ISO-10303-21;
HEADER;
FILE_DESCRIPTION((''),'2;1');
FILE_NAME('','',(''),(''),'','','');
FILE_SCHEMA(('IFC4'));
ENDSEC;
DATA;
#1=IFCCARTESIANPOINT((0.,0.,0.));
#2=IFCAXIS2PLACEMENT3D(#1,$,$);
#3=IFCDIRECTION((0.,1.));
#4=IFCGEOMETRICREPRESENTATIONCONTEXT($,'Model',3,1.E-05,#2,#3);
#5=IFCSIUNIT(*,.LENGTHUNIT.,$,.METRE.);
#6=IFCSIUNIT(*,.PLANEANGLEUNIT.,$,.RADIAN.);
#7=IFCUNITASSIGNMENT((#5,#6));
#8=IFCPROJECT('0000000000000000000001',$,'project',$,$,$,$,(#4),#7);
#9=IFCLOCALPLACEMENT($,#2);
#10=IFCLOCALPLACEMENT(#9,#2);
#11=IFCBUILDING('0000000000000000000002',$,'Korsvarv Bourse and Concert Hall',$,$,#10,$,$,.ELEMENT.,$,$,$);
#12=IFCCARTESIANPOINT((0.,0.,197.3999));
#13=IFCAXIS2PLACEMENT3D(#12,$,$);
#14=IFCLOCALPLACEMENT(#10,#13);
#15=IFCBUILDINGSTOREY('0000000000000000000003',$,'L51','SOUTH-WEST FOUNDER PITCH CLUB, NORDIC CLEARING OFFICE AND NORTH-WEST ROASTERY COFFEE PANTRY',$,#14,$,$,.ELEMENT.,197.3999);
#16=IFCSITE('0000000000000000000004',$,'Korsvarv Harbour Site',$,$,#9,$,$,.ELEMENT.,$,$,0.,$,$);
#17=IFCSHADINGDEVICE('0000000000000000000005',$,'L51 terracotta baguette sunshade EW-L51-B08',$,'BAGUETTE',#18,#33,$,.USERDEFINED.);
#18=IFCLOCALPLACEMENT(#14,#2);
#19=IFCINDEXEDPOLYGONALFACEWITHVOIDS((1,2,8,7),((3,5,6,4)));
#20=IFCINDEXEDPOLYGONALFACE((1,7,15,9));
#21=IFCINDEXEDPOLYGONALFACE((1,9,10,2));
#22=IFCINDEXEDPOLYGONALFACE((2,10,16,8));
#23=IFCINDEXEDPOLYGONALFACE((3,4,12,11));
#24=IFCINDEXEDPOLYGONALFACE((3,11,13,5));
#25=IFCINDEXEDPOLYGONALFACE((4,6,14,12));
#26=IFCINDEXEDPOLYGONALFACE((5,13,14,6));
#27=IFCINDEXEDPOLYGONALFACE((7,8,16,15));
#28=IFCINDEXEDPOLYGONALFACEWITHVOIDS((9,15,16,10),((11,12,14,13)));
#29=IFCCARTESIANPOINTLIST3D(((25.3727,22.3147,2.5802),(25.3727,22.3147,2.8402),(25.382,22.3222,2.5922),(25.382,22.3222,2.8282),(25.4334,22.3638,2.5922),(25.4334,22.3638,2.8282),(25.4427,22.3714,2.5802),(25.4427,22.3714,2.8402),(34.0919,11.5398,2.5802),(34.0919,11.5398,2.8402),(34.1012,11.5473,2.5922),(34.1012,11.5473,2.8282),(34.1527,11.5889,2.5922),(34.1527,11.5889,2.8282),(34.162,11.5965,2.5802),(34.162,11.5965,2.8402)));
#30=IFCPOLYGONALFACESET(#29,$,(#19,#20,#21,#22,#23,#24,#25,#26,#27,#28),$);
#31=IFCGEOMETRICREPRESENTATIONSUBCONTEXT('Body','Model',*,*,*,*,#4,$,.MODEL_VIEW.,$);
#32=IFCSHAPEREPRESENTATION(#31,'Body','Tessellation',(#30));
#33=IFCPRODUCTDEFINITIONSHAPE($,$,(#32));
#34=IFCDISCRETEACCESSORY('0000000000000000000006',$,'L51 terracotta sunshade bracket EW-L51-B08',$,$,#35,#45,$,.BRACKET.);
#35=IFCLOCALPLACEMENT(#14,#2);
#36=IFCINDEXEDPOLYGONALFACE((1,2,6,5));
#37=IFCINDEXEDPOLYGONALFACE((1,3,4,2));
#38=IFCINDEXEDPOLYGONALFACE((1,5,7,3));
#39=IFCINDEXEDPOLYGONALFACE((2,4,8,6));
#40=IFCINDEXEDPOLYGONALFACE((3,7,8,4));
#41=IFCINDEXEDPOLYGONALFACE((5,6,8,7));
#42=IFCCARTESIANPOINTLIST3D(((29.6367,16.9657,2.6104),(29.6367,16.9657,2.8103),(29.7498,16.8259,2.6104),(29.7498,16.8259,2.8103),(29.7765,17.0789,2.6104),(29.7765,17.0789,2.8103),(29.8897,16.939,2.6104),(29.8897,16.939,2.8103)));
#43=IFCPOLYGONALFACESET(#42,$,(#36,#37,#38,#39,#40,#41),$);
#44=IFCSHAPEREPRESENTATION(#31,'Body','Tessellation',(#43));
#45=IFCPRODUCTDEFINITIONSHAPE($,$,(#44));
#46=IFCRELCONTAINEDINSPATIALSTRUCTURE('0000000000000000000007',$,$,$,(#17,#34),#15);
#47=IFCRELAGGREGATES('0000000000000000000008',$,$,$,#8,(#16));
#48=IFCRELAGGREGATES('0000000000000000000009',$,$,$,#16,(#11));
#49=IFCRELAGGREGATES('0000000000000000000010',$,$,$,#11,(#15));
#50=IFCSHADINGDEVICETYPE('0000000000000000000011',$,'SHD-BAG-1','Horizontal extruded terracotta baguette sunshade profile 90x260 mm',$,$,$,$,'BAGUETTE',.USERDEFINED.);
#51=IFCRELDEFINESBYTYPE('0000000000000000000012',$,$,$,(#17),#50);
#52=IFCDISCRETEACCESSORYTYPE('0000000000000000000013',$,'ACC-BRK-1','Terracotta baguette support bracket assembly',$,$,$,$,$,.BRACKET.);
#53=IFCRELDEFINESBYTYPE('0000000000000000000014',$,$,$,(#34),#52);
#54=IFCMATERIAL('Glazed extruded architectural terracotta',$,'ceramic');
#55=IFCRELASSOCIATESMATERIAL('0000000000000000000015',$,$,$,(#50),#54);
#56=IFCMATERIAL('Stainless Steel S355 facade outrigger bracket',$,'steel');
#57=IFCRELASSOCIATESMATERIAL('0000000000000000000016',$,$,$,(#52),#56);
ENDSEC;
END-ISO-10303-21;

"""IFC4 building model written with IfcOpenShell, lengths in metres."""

from ifc_helpers import new_model, si_unit, direction, frame, origin, origin_2d, place, context, subcontext, project, spatial, rectangle, hollow_rectangle, extrude, source, transform, mapped, material, material_profile, profile_set, type_object, element, save


model = new_model("IFC4")

# Units and contexts
model_context = context("Model", 3, precision=1e-05, world=origin(), true_north=direction((0.0, 1.0)))
body_context = subcontext(model_context, "Body", "Model", "MODEL_VIEW")
ifc_project = project(units=[si_unit("LENGTHUNIT", "METRE"), si_unit("PLANEANGLEUNIT", "RADIAN")], contexts=[model_context])

# Site, building, storey
site_placement = place(None, origin())
site = spatial("IfcSite", under=ifc_project, at=site_placement, Name="Korsvarv Harbour Site", CompositionType="ELEMENT", RefElevation=0.0)
building_placement = place(site_placement, origin())
building = spatial("IfcBuilding", under=site, at=building_placement, Name="Korsvarv Bourse and Concert Hall", CompositionType="ELEMENT")
storey_placement = place(building_placement, frame((0.0, 0.0, 197.3999)))
storey = spatial("IfcBuildingStorey", under=building, at=storey_placement, Name="L51", Description="SOUTH-WEST FOUNDER PITCH CLUB, NORDIC CLEARING OFFICE AND NORTH-WEST ROASTERY COFFEE PANTRY", CompositionType="ELEMENT", Elevation=197.3999)

# Shading device
ifc_material_1 = material(Name="Glazed extruded architectural terracotta", Category="ceramic")
ifc_material_profile_1 = material_profile(ifc_material_1, hollow_rectangle(XDim=0.0901, YDim=0.26, WallThickness=0.012, at=origin_2d()), Name="TC-BAG 90x260")
ifc_profile_set_1 = profile_set([ifc_material_profile_1], Name="Glazed extruded architectural terracotta")
shading_device_type = type_object("IfcShadingDeviceType", Name="SHD-BAG-1", Description="Horizontal extruded terracotta baguette sunshade profile 90x260 mm", ElementType="BAGUETTE", PredefinedType="USERDEFINED", material=ifc_profile_set_1)
shared_shape_1 = source(origin(), body_context, "Body", "SweptSolid", [
    extrude(hollow_rectangle(XDim=0.0901, YDim=0.26, WallThickness=0.012, at=origin_2d()), origin(), (0.0, 0.0, 1.0), 13.8608),
])
shading_device_placement = place(storey_placement, frame((25.4077, 22.343, 2.7102), z_axis=(0.629054, -0.777361, 0.0), x_axis=(0.777361, 0.629054, 0.0)))
element("IfcShadingDevice", 1, at=shading_device_placement, inside=storey, type_object=shading_device_type, Name="L51 terracotta baguette sunshade EW-L51-B08", ObjectType="BAGUETTE", PredefinedType="USERDEFINED", context=body_context, shape_type="MappedRepresentation", body=[
    mapped(shared_shape_1, transform((0.0, 0.0, 0.0), scale=1.0)),
])

# Discrete accessory
ifc_material_2 = material(Name="Stainless Steel S355 facade outrigger bracket", Category="steel")
discrete_accessory_type = type_object("IfcDiscreteAccessoryType", Name="ACC-BRK-1", Description="Terracotta baguette support bracket assembly", PredefinedType="BRACKET", material=ifc_material_2)
shared_shape_2 = source(origin(), body_context, "Body", "SweptSolid", [
    extrude(rectangle(XDim=0.1799, YDim=0.1799, at=origin_2d()), origin(), (0.0, 0.0, 1.0), 0.2),
])
discrete_accessory_placement = place(storey_placement, frame((29.7632, 16.9524, 2.6104), z_axis=(0.0, 0.0, 1.0), x_axis=(0.629049, -0.777366, 0.0)))
element("IfcDiscreteAccessory", 2, at=discrete_accessory_placement, inside=storey, type_object=discrete_accessory_type, Name="L51 terracotta sunshade bracket EW-L51-B08", PredefinedType="BRACKET", context=body_context, shape_type="MappedRepresentation", body=[
    mapped(shared_shape_2, transform((0.0, 0.0, 0.0), scale=1.0)),
])

save(model, "model.ifc")
